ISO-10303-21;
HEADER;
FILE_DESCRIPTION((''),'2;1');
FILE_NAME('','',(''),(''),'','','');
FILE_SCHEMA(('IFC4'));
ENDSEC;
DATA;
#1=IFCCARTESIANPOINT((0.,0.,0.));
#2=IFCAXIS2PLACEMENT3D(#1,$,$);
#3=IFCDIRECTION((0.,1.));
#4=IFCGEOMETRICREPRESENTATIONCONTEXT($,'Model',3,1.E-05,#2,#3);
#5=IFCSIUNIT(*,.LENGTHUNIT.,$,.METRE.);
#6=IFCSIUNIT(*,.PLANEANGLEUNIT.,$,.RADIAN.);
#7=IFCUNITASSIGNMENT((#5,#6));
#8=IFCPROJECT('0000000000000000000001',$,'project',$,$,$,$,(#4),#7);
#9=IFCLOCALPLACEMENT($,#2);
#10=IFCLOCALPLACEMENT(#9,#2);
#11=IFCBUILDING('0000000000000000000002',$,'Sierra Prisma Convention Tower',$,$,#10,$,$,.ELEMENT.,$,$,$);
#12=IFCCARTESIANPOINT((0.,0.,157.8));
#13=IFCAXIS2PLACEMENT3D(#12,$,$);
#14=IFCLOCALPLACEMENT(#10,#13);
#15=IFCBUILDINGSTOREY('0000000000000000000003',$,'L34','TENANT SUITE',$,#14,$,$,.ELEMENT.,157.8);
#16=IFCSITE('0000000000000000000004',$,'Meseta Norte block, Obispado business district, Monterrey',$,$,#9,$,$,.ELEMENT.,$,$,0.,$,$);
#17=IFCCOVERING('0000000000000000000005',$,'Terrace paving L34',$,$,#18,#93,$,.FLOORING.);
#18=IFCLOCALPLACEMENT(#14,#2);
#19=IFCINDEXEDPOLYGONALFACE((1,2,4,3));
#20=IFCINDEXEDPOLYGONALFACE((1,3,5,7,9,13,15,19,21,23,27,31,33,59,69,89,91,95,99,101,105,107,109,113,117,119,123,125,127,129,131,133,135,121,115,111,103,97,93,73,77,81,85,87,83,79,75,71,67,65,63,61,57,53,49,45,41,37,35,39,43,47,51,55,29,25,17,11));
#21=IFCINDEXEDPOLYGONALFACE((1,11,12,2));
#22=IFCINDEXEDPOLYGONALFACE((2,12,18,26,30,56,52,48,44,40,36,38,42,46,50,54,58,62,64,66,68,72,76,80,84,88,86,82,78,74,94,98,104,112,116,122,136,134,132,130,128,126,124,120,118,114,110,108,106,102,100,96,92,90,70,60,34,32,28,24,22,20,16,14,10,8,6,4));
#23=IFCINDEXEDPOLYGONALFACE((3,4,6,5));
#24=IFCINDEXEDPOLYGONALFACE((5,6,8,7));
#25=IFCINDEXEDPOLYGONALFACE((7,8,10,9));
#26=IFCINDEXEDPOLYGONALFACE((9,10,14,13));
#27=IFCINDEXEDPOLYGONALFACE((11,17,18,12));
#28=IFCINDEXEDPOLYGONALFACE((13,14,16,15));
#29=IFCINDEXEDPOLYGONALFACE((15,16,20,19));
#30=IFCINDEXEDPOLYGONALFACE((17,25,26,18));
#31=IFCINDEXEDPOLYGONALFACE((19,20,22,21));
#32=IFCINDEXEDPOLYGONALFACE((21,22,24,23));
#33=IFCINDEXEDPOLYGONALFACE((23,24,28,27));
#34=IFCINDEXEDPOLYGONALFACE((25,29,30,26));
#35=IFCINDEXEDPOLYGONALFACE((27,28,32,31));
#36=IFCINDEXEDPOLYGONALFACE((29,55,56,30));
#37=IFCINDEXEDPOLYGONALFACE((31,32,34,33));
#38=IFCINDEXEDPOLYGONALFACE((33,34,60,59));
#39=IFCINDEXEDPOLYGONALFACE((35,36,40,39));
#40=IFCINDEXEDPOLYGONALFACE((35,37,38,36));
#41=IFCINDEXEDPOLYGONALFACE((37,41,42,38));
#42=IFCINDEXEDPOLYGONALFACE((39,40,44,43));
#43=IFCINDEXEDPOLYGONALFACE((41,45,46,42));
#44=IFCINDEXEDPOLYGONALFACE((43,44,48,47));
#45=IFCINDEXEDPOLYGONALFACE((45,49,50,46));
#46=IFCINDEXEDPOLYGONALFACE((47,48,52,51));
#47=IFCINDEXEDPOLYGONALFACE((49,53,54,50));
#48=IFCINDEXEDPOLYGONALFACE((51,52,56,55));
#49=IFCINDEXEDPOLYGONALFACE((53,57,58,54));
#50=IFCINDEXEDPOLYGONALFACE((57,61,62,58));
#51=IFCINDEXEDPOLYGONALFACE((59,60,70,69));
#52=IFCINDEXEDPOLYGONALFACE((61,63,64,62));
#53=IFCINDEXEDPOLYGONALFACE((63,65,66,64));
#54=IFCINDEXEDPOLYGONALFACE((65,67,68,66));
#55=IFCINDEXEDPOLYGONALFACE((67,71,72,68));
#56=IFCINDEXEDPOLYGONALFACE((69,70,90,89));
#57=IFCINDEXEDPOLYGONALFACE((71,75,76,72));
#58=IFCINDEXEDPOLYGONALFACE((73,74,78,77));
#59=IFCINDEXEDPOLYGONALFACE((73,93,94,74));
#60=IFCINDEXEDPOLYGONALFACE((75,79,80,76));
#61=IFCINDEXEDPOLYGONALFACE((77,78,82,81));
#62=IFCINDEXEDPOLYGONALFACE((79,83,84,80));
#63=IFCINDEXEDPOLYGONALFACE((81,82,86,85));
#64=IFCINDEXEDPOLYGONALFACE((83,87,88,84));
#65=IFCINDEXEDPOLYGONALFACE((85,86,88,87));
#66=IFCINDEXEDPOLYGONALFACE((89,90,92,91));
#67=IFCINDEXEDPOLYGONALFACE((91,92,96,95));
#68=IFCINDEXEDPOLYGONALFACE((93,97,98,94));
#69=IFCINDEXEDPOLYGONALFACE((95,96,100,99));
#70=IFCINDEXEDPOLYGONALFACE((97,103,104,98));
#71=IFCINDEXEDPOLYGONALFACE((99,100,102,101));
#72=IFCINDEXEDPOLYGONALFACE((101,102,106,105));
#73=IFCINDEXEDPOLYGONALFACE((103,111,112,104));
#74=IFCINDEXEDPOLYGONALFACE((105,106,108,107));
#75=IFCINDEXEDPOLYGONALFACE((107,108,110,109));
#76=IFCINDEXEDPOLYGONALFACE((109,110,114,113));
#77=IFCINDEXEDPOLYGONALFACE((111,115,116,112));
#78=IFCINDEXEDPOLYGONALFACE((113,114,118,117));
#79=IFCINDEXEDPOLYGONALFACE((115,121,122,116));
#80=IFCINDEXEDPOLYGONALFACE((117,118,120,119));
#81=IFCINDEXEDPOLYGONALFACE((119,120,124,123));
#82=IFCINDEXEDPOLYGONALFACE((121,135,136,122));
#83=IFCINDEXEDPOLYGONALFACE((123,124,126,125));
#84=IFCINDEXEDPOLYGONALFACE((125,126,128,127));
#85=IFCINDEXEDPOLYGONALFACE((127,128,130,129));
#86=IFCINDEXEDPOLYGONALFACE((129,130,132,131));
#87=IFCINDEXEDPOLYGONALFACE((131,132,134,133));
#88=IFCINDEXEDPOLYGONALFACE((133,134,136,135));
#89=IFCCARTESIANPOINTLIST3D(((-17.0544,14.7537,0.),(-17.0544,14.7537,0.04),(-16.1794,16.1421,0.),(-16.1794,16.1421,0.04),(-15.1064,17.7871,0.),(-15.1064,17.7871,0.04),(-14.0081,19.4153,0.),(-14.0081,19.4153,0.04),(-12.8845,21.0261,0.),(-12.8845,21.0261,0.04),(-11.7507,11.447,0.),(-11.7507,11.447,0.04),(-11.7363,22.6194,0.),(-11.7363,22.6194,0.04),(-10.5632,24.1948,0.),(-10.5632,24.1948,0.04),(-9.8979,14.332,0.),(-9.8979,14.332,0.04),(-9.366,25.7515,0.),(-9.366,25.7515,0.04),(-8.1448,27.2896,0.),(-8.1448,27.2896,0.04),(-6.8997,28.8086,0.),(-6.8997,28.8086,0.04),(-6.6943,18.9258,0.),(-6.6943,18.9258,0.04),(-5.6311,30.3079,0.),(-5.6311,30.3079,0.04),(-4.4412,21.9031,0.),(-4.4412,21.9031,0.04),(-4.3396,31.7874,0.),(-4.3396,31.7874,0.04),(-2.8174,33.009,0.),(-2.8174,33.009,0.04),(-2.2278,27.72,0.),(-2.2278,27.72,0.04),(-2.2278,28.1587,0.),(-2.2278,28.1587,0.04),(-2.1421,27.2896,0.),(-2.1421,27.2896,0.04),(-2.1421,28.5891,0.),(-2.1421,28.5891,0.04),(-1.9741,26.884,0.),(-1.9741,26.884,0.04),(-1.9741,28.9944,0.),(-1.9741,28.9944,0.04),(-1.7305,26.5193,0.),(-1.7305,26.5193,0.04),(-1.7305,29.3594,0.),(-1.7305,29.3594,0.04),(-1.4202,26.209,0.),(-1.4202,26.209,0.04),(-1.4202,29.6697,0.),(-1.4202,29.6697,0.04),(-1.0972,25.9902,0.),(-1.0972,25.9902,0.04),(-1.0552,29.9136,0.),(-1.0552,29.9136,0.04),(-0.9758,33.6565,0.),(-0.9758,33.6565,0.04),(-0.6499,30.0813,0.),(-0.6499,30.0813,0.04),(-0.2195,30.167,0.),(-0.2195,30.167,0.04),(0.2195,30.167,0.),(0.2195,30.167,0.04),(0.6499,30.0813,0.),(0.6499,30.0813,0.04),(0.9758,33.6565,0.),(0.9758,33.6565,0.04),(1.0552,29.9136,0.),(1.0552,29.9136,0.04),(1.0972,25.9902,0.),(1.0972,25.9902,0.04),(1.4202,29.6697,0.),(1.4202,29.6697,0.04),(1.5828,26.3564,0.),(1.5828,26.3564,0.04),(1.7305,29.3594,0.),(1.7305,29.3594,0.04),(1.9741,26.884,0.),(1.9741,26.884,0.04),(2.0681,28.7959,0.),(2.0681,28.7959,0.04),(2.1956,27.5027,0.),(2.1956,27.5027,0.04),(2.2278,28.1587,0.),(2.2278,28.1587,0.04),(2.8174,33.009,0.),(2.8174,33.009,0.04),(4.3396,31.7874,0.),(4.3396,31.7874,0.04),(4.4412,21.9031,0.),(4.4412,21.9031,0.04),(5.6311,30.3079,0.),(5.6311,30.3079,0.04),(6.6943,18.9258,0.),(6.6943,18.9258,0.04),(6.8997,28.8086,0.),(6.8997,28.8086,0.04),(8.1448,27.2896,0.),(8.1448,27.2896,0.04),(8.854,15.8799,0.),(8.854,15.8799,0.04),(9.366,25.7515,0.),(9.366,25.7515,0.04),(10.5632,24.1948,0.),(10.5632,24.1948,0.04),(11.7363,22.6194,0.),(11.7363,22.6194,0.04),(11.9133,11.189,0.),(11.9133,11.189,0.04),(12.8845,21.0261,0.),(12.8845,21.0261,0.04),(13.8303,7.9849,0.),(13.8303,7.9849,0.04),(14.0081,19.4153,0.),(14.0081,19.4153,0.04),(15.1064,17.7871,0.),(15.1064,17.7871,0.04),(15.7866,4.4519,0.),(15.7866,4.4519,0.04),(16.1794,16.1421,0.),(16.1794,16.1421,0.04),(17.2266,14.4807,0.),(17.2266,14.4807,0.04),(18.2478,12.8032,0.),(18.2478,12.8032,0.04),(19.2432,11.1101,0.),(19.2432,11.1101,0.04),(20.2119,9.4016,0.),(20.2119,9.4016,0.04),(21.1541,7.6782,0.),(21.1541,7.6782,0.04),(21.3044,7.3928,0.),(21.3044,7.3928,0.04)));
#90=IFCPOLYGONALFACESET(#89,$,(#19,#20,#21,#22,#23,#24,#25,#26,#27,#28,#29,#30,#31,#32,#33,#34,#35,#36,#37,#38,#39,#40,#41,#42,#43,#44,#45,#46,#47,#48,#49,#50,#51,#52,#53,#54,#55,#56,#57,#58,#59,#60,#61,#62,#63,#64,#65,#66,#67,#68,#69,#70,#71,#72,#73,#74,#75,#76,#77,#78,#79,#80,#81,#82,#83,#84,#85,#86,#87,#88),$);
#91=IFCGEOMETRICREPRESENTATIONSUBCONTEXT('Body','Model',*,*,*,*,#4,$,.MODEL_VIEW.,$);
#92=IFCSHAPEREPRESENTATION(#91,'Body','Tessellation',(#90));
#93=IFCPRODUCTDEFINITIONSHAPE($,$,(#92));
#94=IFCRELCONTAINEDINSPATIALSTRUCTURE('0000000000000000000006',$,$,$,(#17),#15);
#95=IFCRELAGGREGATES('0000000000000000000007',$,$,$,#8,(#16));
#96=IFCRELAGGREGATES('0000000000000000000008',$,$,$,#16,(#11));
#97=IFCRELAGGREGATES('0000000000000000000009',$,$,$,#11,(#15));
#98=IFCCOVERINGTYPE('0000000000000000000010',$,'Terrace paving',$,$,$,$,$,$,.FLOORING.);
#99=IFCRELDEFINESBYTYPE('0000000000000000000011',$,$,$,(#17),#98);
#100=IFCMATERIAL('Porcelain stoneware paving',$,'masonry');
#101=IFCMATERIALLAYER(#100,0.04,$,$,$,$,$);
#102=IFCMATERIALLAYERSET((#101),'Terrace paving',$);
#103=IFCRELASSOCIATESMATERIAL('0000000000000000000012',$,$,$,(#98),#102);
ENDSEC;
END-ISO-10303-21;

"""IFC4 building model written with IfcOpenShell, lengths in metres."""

from ifc_helpers import new_model, si_unit, direction, frame, origin, place, context, subcontext, project, spatial, polyline, outline, extrude, material, layer, layer_set, type_object, element, save


model = new_model("IFC4")

# Units and contexts
model_context = context("Model", 3, precision=1e-05, world=origin(), true_north=direction((0.0, 1.0)))
body_context = subcontext(model_context, "Body", "Model", "MODEL_VIEW")
ifc_project = project(units=[si_unit("LENGTHUNIT", "METRE"), si_unit("PLANEANGLEUNIT", "RADIAN")], contexts=[model_context])

# Site, building, storey
site_placement = place(None, origin())
site = spatial("IfcSite", under=ifc_project, at=site_placement, Name="Meseta Norte block, Obispado business district, Monterrey", CompositionType="ELEMENT", RefElevation=0.0)
building_placement = place(site_placement, origin())
building = spatial("IfcBuilding", under=site, at=building_placement, Name="Sierra Prisma Convention Tower", CompositionType="ELEMENT")
storey_placement = place(building_placement, frame((0.0, 0.0, 157.8)))
storey = spatial("IfcBuildingStorey", under=building, at=storey_placement, Name="L34", Description="TENANT SUITE", CompositionType="ELEMENT", Elevation=157.8)

# Covering
ifc_material_1 = material(Name="Porcelain stoneware paving", Category="masonry")
ifc_layer_1 = layer(ifc_material_1, 0.04)
ifc_layer_set_1 = layer_set([ifc_layer_1], Name="Terrace paving")
covering_type_1 = type_object("IfcCoveringType", Name="Terrace paving", PredefinedType="FLOORING", material=ifc_layer_set_1)
covering_1_placement = place(storey_placement, origin())
element("IfcCovering", 1, at=covering_1_placement, inside=storey, type_object=covering_type_1, Name="Terrace paving L34", PredefinedType="FLOORING", context=body_context, shape_type="SweptSolid", body=[
    extrude(outline(polyline([(21.3044, 7.3928), (21.1541, 7.6782), (20.2119, 9.4016), (19.2432, 11.1101), (18.2478, 12.8032), (17.2266, 14.4807), (16.1794, 16.1421), (15.1064, 17.7871), (14.0081, 19.4153), (12.8845, 21.0261), (11.7363, 22.6194), (10.5632, 24.1948), (9.366, 25.7515), (8.1448, 27.2896), (6.8997, 28.8086), (5.6311, 30.3079), (4.3396, 31.7874), (2.8174, 33.009), (0.9758, 33.6565), (-0.9758, 33.6565), (-2.8174, 33.009), (-4.3396, 31.7874), (-5.6311, 30.3079), (-6.8997, 28.8086), (-8.1448, 27.2896), (-9.366, 25.7515), (-10.5632, 24.1948), (-11.7363, 22.6194), (-12.8845, 21.0261), (-14.0081, 19.4153), (-15.1064, 17.7871), (-16.1794, 16.1421), (-17.0544, 14.7537), (-11.7507, 11.447), (-9.8979, 14.332), (-6.6943, 18.9258), (-4.4412, 21.9031), (-1.0972, 25.9902), (-1.4202, 26.209), (-1.7305, 26.5193), (-1.9741, 26.884), (-2.1421, 27.2896), (-2.2278, 27.72), (-2.2278, 28.1587), (-2.1421, 28.5891), (-1.9741, 28.9944), (-1.7305, 29.3594), (-1.4202, 29.6697), (-1.0552, 29.9136), (-0.6499, 30.0813), (-0.2195, 30.167), (0.2195, 30.167), (0.6499, 30.0813), (1.0552, 29.9136), (1.4202, 29.6697), (1.7305, 29.3594), (2.0681, 28.7959), (2.2278, 28.1587), (2.1956, 27.5027), (1.9741, 26.884), (1.5828, 26.3564), (1.0972, 25.9902), (4.4412, 21.9031), (6.6943, 18.9258), (8.854, 15.8799), (11.9133, 11.189), (13.8303, 7.9849), (15.7866, 4.4519), (21.3044, 7.3928)])), origin(), (0.0, 0.0, 1.0), 0.04),
])

save(model, "model.ifc")
